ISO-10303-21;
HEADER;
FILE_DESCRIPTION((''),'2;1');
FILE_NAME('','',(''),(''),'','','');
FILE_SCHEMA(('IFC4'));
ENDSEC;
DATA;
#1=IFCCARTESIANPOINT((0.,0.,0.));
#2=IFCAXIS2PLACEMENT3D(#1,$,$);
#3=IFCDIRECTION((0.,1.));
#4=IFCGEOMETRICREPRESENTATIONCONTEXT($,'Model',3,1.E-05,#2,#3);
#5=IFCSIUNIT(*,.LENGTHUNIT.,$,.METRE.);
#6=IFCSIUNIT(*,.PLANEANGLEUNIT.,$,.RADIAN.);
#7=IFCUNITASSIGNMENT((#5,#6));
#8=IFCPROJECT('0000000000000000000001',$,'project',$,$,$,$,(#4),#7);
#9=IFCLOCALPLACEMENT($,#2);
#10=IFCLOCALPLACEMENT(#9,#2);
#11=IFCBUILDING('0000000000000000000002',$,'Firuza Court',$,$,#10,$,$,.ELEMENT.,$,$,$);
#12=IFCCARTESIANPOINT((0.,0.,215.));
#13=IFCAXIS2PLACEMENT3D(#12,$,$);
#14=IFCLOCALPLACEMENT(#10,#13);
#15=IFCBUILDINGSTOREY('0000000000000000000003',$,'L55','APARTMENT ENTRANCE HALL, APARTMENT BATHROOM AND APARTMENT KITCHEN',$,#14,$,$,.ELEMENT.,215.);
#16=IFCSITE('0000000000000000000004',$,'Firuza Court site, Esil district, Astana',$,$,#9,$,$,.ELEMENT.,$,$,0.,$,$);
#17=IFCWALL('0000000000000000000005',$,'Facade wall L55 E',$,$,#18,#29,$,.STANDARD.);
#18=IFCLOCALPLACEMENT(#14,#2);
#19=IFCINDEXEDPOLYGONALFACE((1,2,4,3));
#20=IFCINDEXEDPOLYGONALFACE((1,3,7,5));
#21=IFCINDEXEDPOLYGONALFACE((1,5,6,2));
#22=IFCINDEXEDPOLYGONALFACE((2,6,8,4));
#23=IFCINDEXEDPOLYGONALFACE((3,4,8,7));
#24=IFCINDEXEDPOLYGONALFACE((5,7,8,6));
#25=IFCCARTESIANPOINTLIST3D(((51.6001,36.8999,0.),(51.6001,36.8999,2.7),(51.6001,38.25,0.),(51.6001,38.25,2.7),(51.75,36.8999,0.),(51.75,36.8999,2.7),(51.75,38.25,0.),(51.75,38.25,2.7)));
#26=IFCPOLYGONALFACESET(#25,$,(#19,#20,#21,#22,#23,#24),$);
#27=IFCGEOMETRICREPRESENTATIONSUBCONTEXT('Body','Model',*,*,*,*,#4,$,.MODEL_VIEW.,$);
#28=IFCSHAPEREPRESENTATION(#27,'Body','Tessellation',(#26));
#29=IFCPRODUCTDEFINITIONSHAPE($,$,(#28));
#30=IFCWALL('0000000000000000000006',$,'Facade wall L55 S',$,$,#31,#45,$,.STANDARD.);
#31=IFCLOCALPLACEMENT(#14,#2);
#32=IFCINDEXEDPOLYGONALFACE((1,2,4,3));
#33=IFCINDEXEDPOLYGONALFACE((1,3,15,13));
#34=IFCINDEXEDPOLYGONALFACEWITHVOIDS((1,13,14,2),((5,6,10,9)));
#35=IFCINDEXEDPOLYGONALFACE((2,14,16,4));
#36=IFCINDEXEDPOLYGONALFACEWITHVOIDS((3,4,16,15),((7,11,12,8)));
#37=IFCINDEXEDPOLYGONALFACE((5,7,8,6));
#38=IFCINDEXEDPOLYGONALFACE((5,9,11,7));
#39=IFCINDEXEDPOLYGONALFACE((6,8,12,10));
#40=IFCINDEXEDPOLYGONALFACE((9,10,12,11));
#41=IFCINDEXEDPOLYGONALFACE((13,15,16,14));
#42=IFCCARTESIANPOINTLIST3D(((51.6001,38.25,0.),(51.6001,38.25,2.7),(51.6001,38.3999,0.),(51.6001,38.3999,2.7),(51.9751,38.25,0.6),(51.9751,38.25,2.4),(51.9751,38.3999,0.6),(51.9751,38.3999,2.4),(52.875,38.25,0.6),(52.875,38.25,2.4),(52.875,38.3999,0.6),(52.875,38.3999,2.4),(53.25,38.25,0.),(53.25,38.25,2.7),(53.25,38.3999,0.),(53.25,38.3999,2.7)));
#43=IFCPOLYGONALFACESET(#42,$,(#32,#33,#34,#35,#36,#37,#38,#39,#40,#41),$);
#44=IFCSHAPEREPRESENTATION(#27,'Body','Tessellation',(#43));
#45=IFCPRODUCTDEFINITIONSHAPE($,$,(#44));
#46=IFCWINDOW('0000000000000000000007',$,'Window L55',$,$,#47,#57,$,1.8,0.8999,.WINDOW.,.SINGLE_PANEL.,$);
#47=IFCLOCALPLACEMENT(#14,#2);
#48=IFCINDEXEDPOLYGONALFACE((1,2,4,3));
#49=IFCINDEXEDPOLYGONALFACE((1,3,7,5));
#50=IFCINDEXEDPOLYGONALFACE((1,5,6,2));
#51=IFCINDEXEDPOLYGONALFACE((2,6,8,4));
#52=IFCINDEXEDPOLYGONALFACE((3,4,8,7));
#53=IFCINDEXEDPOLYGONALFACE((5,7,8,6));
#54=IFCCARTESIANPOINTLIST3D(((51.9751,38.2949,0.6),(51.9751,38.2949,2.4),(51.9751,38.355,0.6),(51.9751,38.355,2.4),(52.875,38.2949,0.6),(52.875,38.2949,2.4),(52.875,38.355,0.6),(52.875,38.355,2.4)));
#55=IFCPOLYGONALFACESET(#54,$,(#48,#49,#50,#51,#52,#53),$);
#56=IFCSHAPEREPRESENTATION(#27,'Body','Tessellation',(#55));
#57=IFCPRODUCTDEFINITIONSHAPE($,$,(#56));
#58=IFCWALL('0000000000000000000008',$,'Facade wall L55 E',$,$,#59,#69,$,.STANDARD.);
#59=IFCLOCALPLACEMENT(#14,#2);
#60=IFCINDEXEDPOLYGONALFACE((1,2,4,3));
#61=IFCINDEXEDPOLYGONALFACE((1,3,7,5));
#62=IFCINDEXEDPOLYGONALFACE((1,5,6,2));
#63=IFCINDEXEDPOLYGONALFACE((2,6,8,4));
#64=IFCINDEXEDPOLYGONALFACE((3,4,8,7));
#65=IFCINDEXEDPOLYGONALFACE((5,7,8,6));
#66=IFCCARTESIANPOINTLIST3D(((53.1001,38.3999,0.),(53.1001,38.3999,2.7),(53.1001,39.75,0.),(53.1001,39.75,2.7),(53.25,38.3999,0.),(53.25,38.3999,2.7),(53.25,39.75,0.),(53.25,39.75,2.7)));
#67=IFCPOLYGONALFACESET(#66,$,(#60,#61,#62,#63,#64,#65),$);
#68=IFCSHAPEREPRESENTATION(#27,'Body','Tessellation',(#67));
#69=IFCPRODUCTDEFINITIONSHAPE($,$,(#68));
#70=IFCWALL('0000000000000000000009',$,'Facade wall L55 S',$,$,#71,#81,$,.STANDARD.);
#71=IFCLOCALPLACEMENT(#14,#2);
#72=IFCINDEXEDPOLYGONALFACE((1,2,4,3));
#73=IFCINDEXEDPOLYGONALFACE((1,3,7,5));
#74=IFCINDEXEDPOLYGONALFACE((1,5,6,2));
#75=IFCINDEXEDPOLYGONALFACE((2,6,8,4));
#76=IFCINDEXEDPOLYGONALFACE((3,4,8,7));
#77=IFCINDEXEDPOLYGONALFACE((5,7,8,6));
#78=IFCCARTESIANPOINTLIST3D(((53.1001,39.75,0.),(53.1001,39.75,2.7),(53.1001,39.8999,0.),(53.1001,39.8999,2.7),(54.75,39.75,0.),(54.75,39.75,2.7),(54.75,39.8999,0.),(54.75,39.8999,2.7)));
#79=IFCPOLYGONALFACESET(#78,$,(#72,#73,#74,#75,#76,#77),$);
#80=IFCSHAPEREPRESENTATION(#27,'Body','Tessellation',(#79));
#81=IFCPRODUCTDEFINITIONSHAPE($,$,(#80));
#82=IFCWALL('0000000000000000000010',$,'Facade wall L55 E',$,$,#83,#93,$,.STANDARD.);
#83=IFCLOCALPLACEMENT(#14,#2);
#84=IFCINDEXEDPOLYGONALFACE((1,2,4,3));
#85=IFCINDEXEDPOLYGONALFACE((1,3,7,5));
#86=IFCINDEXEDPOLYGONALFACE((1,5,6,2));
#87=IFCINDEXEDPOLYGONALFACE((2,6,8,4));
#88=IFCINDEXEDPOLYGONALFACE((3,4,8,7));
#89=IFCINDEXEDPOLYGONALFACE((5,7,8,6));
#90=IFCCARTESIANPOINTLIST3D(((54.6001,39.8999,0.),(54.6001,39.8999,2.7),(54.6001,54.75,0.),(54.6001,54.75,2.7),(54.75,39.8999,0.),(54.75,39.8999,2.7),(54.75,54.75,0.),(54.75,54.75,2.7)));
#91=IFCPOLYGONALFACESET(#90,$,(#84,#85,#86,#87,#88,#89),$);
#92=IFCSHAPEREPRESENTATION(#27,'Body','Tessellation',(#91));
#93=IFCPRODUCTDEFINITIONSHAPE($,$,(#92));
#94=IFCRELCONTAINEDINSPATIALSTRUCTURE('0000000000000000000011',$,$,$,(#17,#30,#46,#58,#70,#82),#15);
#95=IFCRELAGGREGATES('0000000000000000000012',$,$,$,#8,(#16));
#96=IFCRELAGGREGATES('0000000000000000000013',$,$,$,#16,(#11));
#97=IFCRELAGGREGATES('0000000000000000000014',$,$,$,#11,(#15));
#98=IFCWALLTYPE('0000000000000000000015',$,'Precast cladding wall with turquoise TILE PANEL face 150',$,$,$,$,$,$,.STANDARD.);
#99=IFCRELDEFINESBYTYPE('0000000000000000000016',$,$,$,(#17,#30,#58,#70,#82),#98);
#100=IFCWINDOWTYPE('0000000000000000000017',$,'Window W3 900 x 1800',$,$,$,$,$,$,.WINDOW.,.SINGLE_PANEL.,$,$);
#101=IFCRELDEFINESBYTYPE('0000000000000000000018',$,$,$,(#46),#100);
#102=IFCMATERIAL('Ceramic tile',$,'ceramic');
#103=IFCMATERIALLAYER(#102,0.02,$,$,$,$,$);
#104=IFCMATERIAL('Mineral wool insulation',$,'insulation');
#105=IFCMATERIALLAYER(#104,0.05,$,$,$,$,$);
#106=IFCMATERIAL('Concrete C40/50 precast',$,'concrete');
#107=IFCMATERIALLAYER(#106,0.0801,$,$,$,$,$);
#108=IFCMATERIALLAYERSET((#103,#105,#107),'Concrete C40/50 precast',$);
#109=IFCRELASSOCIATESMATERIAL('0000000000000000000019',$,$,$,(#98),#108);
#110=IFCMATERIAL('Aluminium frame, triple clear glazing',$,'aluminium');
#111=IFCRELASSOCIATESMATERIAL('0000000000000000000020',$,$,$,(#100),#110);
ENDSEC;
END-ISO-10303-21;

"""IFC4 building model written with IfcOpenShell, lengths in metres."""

from ifc_helpers import new_model, si_unit, direction, frame, frame_2d, origin, place, context, subcontext, project, spatial, rectangle, extrude, material, layer, layer_set, type_object, element, fill, save


model = new_model("IFC4")

# Units and contexts
model_context = context("Model", 3, precision=1e-05, world=origin(), true_north=direction((0.0, 1.0)))
body_context = subcontext(model_context, "Body", "Model", "MODEL_VIEW")
ifc_project = project(units=[si_unit("LENGTHUNIT", "METRE"), si_unit("PLANEANGLEUNIT", "RADIAN")], contexts=[model_context])

# Site, building, storey
site_placement = place(None, origin())
site = spatial("IfcSite", under=ifc_project, at=site_placement, Name="Firuza Court site, Esil district, Astana", CompositionType="ELEMENT", RefElevation=0.0)
building_placement = place(site_placement, origin())
building = spatial("IfcBuilding", under=site, at=building_placement, Name="Firuza Court", CompositionType="ELEMENT")
storey_placement = place(building_placement, frame((0.0, 0.0, 215.0)))
storey = spatial("IfcBuildingStorey", under=building, at=storey_placement, Name="L55", Description="APARTMENT ENTRANCE HALL, APARTMENT BATHROOM AND APARTMENT KITCHEN", CompositionType="ELEMENT", Elevation=215.0)

# Wall
ifc_material_1 = material(Name="Ceramic tile", Category="ceramic")
ifc_layer_1 = layer(ifc_material_1, 0.02)
ifc_material_2 = material(Name="Mineral wool insulation", Category="insulation")
ifc_layer_2 = layer(ifc_material_2, 0.05)
ifc_material_3 = material(Name="Concrete C40/50 precast", Category="concrete")
ifc_layer_3 = layer(ifc_material_3, 0.0801)
ifc_layer_set_1 = layer_set([ifc_layer_1, ifc_layer_2, ifc_layer_3], Name="Concrete C40/50 precast")
wall_type_1 = type_object("IfcWallType", Name="Precast cladding wall with turquoise TILE PANEL face 150", PredefinedType="STANDARD", material=ifc_layer_set_1)
wall_1_placement = place(storey_placement, frame((51.675, 36.8999, 0.0), z_axis=(0.0, 0.0, 1.0), x_axis=(0.0, 1.0, 0.0)))
element("IfcWall", 1, at=wall_1_placement, inside=storey, type_object=wall_type_1, Name="Facade wall L55 E", PredefinedType="STANDARD", context=body_context, shape_type="SweptSolid", body=[
    extrude(rectangle(XDim=1.3501, YDim=0.1499, at=frame_2d((0.675, 0.0))), origin(), (0.0, 0.0, 1.0), 2.7),
])

# Wall, opening, window
wall_2_placement = place(storey_placement, frame((51.6001, 38.325, 0.0), z_axis=(0.0, 0.0, 1.0), x_axis=(1.0, 0.0, 0.0)))
wall_2 = element("IfcWall", 2, at=wall_2_placement, inside=storey, type_object=wall_type_1, Name="Facade wall L55 S", PredefinedType="STANDARD", context=body_context, shape_type="SweptSolid", body=[
    extrude(rectangle(XDim=1.6499, YDim=0.1499, at=frame_2d((0.825, 0.0))), origin(), (0.0, 0.0, 1.0), 2.7),
])
opening_1_placement = place(wall_2_placement, frame((0.375, 0.0, 0.6001)))
opening_1 = element("IfcOpeningElement", 3, at=opening_1_placement, cuts=wall_2, PredefinedType="OPENING", context=body_context, shape_type="SweptSolid", body=[
    extrude(rectangle(XDim=0.8999, YDim=1.8, at=frame_2d((0.45, 0.8999))), frame((0.0, 0.0869, 0.0), z_axis=(0.0, -1.0, 0.0), x_axis=(1.0, 0.0, 0.0)), (0.0, 0.0, 1.0), 0.1738),
])
ifc_material_4 = material(Name="Aluminium frame, triple clear glazing", Category="aluminium")
window_type = type_object("IfcWindowType", Name="Window W3 900 x 1800", PartitioningType="SINGLE_PANEL", PredefinedType="WINDOW", material=ifc_material_4)
window_placement = place(opening_1_placement, origin())
window = element("IfcWindow", 4, at=window_placement, inside=storey, type_object=window_type, Name="Window L55", OverallHeight=1.8, OverallWidth=0.8999, PartitioningType="SINGLE_PANEL", PredefinedType="WINDOW", context=body_context, shape_type="SweptSolid", body=[
    extrude(rectangle(XDim=0.8999, YDim=1.8, at=frame_2d((0.45, 0.8999))), frame((0.0, 0.03, 0.0), z_axis=(0.0, -1.0, 0.0), x_axis=(1.0, 0.0, 0.0)), (0.0, 0.0, 1.0), 0.0601),
])
fill(opening_1, window)

# Walls
wall_3_placement = place(storey_placement, frame((53.175, 38.3999, 0.0), z_axis=(0.0, 0.0, 1.0), x_axis=(0.0, 1.0, 0.0)))
element("IfcWall", 5, at=wall_3_placement, inside=storey, type_object=wall_type_1, Name="Facade wall L55 E", PredefinedType="STANDARD", context=body_context, shape_type="SweptSolid", body=[
    extrude(rectangle(XDim=1.3501, YDim=0.1499, at=frame_2d((0.675, 0.0))), origin(), (0.0, 0.0, 1.0), 2.7),
])
wall_4_placement = place(storey_placement, frame((53.1001, 39.825, 0.0), z_axis=(0.0, 0.0, 1.0), x_axis=(1.0, 0.0, 0.0)))
element("IfcWall", 6, at=wall_4_placement, inside=storey, type_object=wall_type_1, Name="Facade wall L55 S", PredefinedType="STANDARD", context=body_context, shape_type="SweptSolid", body=[
    extrude(rectangle(XDim=1.6499, YDim=0.1499, at=frame_2d((0.825, 0.0))), origin(), (0.0, 0.0, 1.0), 2.7),
])
wall_5_placement = place(storey_placement, frame((54.675, 39.8999, 0.0), z_axis=(0.0, 0.0, 1.0), x_axis=(0.0, 1.0, 0.0)))
element("IfcWall", 7, at=wall_5_placement, inside=storey, type_object=wall_type_1, Name="Facade wall L55 E", PredefinedType="STANDARD", context=body_context, shape_type="SweptSolid", body=[
    extrude(rectangle(XDim=14.8501, YDim=0.1499, at=frame_2d((7.425, 0.0))), origin(), (0.0, 0.0, 1.0), 2.7),
])

save(model, "model.ifc")
